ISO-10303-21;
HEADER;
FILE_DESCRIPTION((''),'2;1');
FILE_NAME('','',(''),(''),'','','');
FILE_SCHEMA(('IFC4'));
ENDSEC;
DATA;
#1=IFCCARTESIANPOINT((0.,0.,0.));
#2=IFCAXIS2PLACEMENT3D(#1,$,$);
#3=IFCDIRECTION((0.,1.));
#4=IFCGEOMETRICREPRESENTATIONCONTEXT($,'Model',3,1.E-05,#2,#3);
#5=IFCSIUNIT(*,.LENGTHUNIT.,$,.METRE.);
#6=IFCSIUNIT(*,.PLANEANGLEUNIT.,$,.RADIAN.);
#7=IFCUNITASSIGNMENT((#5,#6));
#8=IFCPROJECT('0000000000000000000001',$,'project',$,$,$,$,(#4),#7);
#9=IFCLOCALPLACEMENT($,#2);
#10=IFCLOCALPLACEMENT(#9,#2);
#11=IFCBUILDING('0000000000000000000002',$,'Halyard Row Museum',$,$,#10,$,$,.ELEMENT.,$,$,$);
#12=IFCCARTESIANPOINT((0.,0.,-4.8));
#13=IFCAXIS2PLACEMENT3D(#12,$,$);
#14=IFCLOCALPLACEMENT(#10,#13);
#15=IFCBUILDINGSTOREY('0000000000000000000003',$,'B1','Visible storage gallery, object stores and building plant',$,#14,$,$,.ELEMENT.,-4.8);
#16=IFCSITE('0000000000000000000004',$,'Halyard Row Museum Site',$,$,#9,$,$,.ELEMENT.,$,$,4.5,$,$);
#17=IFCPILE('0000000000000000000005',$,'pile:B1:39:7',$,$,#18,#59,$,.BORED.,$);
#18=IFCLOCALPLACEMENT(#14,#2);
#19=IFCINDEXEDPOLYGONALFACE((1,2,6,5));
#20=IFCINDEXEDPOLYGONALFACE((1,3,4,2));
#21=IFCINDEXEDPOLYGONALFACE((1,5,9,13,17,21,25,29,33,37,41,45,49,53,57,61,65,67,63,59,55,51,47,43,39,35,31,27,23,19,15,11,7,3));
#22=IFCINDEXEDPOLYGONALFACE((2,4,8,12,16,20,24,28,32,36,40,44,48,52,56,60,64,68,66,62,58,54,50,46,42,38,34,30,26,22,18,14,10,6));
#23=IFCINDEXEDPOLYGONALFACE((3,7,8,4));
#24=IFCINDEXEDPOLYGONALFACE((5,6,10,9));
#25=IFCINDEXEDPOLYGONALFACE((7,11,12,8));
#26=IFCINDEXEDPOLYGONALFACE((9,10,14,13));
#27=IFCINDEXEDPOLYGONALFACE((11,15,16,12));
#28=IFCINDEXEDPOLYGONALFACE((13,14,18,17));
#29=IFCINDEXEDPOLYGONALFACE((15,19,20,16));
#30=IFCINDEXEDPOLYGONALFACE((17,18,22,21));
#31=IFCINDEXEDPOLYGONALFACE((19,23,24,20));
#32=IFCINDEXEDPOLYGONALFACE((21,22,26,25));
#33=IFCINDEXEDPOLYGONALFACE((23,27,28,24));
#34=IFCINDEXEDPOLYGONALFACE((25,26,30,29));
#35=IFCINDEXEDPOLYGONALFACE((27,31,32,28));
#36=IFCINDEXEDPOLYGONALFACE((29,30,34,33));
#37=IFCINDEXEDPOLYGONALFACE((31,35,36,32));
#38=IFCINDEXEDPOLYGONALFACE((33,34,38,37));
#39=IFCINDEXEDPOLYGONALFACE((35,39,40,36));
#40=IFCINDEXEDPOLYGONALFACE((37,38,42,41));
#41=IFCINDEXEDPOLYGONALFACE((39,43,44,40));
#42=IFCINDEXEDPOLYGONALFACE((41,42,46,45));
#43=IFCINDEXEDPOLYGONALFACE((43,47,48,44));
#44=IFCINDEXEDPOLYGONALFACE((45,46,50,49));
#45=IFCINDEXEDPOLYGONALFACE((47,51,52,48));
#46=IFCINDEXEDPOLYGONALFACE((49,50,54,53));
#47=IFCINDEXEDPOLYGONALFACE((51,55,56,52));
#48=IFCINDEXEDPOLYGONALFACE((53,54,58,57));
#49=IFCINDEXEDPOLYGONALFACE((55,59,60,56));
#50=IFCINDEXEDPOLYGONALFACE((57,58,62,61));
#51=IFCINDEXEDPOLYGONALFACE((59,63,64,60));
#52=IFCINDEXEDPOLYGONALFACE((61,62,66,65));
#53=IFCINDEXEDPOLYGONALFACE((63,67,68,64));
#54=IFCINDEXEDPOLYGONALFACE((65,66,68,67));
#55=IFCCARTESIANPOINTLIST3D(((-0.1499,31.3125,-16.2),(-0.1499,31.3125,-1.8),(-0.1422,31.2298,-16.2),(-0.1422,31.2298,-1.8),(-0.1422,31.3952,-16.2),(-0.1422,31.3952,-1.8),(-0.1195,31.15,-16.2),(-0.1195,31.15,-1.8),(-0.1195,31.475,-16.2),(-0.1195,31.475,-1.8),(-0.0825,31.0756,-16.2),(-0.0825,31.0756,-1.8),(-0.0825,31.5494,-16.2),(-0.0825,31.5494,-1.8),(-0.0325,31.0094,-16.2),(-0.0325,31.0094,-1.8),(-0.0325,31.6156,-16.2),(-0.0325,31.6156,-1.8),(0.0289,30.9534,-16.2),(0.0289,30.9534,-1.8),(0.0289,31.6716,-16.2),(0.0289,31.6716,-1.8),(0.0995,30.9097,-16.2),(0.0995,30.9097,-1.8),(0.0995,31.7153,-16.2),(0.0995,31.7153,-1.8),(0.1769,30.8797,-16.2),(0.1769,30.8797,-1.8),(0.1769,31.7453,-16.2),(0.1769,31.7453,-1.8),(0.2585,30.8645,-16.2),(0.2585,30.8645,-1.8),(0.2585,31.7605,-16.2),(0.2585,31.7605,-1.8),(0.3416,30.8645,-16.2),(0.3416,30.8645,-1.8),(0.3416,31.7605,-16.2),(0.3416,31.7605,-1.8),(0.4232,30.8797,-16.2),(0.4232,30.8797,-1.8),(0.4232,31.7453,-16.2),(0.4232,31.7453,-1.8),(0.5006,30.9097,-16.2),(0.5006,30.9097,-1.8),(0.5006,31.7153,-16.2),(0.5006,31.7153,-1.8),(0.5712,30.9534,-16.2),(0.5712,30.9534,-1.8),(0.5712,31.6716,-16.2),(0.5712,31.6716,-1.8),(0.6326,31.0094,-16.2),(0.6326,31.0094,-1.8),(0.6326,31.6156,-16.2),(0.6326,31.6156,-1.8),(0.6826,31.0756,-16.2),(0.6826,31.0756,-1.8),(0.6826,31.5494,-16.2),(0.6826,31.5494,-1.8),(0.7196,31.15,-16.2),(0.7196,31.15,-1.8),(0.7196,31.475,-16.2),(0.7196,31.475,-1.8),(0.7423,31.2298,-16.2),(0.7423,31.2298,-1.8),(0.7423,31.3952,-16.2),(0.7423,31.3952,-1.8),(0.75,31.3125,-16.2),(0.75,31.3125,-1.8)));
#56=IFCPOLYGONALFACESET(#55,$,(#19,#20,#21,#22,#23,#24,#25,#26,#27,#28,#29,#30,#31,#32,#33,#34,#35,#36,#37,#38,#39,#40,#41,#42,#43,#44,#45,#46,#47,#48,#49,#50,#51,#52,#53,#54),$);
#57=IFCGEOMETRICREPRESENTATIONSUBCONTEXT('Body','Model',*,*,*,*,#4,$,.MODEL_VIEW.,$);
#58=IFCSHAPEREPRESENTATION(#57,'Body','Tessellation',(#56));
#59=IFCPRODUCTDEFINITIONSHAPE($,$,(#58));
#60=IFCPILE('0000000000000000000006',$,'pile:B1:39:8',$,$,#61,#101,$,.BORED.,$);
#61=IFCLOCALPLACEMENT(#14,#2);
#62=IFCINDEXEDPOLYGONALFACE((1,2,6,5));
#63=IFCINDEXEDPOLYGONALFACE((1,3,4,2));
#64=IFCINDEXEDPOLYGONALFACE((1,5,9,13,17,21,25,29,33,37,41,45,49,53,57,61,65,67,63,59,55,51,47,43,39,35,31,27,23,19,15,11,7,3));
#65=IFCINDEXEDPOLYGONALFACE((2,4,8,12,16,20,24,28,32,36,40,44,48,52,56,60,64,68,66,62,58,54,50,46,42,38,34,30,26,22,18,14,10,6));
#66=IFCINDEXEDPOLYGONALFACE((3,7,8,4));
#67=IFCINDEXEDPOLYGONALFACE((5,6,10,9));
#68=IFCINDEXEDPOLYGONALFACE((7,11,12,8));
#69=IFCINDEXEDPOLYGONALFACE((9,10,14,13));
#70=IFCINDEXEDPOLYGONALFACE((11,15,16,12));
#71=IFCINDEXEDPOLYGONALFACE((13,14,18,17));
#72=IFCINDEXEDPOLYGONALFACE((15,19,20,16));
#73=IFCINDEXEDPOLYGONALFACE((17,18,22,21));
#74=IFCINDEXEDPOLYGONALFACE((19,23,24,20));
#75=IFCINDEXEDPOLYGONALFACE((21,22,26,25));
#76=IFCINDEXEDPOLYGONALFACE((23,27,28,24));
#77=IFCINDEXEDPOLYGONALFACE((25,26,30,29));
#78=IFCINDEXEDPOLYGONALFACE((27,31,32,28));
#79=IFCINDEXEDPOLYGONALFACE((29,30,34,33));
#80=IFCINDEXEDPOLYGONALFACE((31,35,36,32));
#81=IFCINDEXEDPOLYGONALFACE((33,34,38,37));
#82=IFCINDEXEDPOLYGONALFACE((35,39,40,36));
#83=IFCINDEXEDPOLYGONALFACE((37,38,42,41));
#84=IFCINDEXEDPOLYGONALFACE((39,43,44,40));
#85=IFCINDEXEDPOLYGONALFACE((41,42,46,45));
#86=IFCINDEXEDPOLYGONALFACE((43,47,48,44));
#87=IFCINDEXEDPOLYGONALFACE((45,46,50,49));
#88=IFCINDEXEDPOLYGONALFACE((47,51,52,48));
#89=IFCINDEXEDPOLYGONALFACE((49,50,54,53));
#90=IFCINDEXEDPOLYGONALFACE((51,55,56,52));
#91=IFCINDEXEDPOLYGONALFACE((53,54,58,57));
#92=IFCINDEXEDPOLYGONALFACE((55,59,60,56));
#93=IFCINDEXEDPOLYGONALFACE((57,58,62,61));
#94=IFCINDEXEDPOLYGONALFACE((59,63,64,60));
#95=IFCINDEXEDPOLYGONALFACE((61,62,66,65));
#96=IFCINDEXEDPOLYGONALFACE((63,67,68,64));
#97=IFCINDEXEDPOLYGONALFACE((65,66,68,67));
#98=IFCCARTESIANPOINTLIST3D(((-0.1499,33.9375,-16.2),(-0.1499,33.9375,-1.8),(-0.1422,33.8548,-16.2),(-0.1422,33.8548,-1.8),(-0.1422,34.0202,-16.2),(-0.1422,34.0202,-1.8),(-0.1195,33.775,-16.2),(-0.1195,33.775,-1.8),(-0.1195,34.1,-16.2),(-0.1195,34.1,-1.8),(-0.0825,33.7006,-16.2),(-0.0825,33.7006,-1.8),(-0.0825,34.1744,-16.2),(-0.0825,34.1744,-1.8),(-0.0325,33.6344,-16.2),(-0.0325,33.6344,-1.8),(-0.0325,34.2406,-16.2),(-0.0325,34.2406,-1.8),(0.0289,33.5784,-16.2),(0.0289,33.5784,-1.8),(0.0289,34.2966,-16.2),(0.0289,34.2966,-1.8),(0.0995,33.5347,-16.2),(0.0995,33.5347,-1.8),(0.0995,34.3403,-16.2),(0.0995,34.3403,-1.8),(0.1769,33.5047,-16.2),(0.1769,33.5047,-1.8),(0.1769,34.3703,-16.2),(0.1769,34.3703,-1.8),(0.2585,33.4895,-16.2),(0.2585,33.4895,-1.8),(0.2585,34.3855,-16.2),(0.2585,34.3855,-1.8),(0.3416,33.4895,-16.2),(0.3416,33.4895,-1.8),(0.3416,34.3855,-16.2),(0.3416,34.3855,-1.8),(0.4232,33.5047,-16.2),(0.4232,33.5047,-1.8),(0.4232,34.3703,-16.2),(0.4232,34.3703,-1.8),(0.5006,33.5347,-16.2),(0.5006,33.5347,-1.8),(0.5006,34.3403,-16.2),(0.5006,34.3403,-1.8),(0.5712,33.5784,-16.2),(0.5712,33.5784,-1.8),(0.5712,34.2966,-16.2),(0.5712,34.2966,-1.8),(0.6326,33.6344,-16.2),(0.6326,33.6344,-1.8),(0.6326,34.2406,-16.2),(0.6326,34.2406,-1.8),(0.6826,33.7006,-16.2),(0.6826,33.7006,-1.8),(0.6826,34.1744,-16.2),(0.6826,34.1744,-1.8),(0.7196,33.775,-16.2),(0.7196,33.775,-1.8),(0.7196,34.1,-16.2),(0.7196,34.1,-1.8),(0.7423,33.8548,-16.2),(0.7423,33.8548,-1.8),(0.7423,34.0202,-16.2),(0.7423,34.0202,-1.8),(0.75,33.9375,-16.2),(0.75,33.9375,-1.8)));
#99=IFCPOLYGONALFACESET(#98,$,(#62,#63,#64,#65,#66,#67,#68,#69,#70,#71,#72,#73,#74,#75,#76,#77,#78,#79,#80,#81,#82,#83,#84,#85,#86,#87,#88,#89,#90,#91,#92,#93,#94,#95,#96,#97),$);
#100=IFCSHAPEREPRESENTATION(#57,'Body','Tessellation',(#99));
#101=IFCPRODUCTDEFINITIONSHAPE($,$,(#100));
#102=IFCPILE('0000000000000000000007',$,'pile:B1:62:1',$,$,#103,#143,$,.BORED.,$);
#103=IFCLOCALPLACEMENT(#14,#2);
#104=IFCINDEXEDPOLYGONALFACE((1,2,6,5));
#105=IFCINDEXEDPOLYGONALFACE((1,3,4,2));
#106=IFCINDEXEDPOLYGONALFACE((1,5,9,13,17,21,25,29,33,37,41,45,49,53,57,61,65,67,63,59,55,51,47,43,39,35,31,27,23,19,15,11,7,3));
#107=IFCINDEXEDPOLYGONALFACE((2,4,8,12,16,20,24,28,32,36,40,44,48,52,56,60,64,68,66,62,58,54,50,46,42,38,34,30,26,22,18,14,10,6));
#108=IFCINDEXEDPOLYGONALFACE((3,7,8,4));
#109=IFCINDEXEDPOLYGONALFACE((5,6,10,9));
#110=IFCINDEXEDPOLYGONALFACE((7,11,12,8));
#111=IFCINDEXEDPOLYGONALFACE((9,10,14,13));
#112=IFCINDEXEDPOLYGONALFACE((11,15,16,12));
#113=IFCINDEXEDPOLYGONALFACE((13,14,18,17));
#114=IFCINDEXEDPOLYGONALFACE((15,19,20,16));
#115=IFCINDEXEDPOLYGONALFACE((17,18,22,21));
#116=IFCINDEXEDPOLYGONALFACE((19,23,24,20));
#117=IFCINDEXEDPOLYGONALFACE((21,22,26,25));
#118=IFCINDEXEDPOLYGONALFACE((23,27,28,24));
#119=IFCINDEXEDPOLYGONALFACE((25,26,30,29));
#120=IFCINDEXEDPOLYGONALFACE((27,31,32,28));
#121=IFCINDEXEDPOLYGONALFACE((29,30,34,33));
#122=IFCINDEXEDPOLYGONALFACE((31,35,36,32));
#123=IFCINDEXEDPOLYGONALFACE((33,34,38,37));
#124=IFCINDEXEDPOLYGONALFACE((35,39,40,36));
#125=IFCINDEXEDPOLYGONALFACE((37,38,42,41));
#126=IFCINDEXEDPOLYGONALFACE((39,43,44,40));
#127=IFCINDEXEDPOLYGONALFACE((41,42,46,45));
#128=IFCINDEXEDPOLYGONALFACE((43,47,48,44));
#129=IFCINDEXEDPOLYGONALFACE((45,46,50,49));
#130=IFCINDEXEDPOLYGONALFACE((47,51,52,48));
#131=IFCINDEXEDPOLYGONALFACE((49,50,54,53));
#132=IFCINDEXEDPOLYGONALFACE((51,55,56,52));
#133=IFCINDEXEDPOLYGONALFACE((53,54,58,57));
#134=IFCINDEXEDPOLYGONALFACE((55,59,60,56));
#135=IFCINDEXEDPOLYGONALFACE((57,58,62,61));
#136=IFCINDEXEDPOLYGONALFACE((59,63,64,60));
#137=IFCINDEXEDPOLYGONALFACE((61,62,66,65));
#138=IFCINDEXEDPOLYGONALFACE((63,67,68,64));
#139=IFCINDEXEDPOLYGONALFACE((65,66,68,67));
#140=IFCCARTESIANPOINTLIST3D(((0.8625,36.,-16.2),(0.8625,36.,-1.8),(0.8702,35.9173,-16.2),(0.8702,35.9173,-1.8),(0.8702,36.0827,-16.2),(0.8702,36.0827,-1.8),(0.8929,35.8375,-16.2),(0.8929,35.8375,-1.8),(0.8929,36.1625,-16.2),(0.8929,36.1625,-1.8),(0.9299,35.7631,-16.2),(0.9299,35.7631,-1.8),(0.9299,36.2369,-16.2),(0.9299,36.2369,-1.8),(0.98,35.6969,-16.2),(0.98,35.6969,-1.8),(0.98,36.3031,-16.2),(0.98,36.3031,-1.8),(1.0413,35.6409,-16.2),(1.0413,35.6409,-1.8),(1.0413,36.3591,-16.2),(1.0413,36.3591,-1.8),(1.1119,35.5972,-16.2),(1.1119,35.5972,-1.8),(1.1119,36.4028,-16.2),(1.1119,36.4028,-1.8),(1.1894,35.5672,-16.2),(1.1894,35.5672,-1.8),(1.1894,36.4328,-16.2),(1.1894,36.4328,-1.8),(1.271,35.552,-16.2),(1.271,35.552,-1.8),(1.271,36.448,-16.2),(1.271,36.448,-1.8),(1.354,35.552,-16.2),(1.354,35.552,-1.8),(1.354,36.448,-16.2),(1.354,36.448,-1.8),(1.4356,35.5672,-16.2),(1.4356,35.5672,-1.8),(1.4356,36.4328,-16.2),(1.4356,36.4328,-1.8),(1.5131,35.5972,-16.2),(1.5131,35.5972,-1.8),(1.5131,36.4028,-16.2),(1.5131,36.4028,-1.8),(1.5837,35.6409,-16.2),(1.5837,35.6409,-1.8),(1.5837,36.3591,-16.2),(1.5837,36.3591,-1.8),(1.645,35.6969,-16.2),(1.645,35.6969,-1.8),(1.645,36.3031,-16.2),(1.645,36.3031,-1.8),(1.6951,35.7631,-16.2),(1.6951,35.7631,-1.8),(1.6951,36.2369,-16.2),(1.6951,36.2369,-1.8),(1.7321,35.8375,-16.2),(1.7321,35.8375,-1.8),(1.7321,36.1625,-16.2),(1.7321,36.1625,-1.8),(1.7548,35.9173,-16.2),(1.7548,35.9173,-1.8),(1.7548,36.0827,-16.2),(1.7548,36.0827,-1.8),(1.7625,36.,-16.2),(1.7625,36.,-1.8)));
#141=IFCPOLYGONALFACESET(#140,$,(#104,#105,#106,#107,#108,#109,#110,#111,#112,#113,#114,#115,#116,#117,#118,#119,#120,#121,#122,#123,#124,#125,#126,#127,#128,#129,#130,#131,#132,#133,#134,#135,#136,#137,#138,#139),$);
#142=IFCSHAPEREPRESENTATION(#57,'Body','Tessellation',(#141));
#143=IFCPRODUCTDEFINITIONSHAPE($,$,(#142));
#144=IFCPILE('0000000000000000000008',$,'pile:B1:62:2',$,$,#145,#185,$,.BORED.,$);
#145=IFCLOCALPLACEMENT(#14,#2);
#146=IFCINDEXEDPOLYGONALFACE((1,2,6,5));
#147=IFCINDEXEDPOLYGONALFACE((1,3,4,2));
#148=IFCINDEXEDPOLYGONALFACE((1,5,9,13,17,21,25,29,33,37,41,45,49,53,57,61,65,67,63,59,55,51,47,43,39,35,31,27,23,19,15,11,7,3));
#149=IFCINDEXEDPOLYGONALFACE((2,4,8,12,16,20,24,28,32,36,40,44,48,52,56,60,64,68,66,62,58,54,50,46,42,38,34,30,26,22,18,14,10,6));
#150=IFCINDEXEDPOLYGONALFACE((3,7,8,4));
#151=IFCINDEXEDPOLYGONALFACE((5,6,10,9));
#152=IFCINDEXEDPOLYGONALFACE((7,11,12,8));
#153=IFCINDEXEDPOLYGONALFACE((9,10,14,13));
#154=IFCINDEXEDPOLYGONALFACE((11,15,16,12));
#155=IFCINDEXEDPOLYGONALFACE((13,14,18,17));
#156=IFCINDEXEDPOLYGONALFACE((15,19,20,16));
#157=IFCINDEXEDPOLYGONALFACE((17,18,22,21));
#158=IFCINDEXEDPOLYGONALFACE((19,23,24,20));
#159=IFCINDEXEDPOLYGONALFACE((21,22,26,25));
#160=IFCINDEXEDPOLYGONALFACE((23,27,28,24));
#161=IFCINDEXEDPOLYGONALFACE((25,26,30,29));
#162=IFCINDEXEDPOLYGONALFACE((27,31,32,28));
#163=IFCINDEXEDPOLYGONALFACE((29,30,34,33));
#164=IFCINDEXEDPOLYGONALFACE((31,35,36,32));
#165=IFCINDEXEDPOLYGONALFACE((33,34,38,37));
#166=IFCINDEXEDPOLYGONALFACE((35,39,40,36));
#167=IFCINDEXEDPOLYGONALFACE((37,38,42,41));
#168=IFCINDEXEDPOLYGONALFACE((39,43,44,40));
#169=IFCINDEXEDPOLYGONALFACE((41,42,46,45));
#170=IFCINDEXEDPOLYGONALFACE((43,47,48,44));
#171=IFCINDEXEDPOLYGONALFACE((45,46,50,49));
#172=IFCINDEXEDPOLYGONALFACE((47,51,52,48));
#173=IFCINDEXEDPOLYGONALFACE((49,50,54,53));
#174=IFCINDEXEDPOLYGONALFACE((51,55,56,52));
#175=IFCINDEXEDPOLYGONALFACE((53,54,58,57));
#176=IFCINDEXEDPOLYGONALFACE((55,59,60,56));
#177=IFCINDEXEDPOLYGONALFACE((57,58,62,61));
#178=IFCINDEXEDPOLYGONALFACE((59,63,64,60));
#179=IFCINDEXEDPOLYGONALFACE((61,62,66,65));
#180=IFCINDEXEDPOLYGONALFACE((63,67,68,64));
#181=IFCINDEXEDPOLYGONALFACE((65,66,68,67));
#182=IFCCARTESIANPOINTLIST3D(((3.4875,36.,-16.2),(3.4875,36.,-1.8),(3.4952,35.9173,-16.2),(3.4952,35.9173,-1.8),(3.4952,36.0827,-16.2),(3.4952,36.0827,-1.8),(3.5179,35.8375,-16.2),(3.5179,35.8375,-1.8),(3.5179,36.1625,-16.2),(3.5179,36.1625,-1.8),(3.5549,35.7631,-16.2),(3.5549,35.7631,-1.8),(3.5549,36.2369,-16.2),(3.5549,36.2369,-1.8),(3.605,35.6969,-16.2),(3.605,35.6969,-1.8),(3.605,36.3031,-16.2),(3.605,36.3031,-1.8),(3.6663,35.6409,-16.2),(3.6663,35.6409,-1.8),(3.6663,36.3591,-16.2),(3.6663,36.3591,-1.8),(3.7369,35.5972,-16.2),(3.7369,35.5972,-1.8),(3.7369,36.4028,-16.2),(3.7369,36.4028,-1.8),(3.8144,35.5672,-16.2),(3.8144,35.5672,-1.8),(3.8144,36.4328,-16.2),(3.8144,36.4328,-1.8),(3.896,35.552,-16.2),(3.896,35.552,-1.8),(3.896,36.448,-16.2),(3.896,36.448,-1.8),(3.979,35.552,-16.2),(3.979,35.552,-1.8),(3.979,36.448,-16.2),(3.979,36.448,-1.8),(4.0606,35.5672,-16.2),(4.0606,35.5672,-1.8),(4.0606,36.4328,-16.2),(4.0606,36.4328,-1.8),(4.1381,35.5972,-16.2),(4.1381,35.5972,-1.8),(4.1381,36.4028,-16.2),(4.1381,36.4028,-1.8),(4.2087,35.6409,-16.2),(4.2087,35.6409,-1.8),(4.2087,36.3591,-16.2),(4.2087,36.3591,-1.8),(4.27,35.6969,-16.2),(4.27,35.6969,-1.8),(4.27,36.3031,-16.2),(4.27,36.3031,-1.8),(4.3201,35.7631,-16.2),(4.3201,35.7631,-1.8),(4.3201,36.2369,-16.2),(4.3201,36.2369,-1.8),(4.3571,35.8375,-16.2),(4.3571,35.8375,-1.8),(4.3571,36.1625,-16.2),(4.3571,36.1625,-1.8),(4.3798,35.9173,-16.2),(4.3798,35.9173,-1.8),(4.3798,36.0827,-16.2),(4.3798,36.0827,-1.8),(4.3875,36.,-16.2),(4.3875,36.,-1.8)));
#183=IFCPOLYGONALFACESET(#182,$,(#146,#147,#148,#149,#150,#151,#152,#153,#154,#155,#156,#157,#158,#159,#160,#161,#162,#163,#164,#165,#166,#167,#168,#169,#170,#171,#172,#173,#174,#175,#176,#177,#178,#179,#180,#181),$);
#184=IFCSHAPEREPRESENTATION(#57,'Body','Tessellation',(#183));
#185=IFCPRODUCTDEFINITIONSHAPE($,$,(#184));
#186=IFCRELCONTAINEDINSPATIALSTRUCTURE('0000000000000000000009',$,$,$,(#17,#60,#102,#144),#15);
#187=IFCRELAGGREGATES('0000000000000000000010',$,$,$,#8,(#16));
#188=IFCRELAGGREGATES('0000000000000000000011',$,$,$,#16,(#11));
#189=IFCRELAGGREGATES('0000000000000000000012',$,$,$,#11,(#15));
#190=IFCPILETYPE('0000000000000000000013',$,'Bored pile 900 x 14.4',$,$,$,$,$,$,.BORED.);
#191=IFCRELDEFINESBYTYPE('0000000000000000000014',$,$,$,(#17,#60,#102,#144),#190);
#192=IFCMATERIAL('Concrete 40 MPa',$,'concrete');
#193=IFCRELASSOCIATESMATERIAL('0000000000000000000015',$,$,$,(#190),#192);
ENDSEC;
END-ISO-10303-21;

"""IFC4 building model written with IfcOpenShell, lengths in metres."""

from ifc_helpers import new_model, si_unit, direction, frame, origin, origin_2d, place, context, subcontext, project, spatial, circle, extrude, material, material_profile, profile_set, type_object, element, save


model = new_model("IFC4")

# Units and contexts
model_context = context("Model", 3, precision=1e-05, world=origin(), true_north=direction((0.0, 1.0)))
body_context = subcontext(model_context, "Body", "Model", "MODEL_VIEW")
ifc_project = project(units=[si_unit("LENGTHUNIT", "METRE"), si_unit("PLANEANGLEUNIT", "RADIAN")], contexts=[model_context])

# Site, building, storey
site_placement = place(None, origin())
site = spatial("IfcSite", under=ifc_project, at=site_placement, Name="Halyard Row Museum Site", CompositionType="ELEMENT", RefElevation=4.5)
building_placement = place(site_placement, origin())
building = spatial("IfcBuilding", under=site, at=building_placement, Name="Halyard Row Museum", CompositionType="ELEMENT")
storey_placement = place(building_placement, frame((0.0, 0.0, -4.8)))
storey = spatial("IfcBuildingStorey", under=building, at=storey_placement, Name="B1", Description="Visible storage gallery, object stores and building plant", CompositionType="ELEMENT", Elevation=-4.8)

# Piles
ifc_material_1 = material(Name="Concrete 40 MPa", Category="concrete")
ifc_material_profile_1 = material_profile(ifc_material_1, circle(Radius=0.45, at=origin_2d()), Name="Bored pile 900 x 14.4")
ifc_profile_set_1 = profile_set([ifc_material_profile_1], Name="Concrete 40 MPa")
pile_type_1 = type_object("IfcPileType", Name="Bored pile 900 x 14.4", PredefinedType="BORED", material=ifc_profile_set_1)
for number, where, z_axis, x_axis, name in (
    (1, (0.3, 31.3125, -1.8), (0.0, 0.0, -1.0), (1.0, 0.0, 0.0), "pile:B1:39:7"),
    (2, (0.3, 33.9375, -1.8), (0.0, 0.0, -1.0), (1.0, 0.0, 0.0), "pile:B1:39:8"),
    (3, (1.3125, 36.0, -1.8), (0.0, 0.0, -1.0), (1.0, 0.0, 0.0), "pile:B1:62:1"),
    (4, (3.9375, 36.0, -1.8), (0.0, 0.0, -1.0), (1.0, 0.0, 0.0), "pile:B1:62:2"),
):
    element("IfcPile", number, at=place(storey_placement, frame(where, z_axis=z_axis, x_axis=x_axis)), inside=storey, type_object=pile_type_1, Name=name, PredefinedType="BORED", context=body_context, shape_type="SweptSolid", body=[
        extrude(circle(Radius=0.45, at=origin_2d()), origin(), (0.0, 0.0, 1.0), 14.3999),
    ])

save(model, "model.ifc")
